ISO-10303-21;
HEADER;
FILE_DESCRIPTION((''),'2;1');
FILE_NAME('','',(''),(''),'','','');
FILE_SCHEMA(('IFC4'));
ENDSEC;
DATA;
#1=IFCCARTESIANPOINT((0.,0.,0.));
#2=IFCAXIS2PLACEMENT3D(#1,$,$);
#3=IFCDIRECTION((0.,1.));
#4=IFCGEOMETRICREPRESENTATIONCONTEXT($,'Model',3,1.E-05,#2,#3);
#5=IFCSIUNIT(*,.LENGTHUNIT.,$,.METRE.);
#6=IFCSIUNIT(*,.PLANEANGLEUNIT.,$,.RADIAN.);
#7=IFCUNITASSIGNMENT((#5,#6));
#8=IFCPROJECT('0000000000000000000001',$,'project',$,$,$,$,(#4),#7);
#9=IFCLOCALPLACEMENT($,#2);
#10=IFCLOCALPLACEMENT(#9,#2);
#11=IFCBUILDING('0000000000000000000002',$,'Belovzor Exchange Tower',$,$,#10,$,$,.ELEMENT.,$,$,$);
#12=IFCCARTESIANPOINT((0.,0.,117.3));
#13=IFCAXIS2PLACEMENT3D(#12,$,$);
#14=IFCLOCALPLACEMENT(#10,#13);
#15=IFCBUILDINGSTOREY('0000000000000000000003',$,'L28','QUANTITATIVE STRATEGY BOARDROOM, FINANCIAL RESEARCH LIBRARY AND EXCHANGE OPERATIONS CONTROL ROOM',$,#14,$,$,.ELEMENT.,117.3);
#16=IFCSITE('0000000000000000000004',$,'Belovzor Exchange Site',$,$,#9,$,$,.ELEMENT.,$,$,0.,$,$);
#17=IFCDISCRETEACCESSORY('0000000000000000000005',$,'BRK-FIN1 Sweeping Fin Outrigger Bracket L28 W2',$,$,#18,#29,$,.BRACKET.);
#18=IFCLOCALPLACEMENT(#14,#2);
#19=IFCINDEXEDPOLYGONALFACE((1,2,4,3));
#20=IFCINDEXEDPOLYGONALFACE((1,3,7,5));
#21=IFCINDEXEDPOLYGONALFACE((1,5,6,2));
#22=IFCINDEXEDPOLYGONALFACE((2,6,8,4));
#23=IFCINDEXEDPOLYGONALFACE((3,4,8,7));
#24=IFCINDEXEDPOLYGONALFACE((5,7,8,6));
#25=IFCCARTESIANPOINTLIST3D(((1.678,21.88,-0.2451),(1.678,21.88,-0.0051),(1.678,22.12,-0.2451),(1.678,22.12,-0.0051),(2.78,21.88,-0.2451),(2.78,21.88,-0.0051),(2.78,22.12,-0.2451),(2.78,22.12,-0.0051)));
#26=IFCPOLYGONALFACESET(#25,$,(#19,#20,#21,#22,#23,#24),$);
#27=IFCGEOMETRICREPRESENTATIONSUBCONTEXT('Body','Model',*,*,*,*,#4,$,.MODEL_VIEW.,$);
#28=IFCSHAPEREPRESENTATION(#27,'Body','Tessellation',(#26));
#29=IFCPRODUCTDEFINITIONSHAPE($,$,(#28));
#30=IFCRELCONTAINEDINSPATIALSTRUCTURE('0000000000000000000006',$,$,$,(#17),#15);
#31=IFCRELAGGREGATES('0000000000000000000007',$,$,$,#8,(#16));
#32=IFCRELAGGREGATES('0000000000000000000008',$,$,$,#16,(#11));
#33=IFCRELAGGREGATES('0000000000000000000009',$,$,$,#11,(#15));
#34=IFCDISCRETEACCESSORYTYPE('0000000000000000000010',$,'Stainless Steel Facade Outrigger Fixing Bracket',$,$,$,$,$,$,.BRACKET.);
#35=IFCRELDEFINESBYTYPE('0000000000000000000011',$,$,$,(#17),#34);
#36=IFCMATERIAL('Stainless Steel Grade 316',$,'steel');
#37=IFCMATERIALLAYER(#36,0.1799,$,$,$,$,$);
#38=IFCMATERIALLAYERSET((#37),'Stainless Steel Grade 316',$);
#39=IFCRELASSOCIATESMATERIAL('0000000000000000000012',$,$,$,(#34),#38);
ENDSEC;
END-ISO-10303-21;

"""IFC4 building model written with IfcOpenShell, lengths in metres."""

from ifc_helpers import new_model, si_unit, direction, frame, origin, origin_2d, place, context, subcontext, project, spatial, rectangle, extrude, material, layer, layer_set, type_object, element, save


model = new_model("IFC4")

# Units and contexts
model_context = context("Model", 3, precision=1e-05, world=origin(), true_north=direction((0.0, 1.0)))
body_context = subcontext(model_context, "Body", "Model", "MODEL_VIEW")
ifc_project = project(units=[si_unit("LENGTHUNIT", "METRE"), si_unit("PLANEANGLEUNIT", "RADIAN")], contexts=[model_context])

# Site, building, storey
site_placement = place(None, origin())
site = spatial("IfcSite", under=ifc_project, at=site_placement, Name="Belovzor Exchange Site", CompositionType="ELEMENT", RefElevation=0.0)
building_placement = place(site_placement, origin())
building = spatial("IfcBuilding", under=site, at=building_placement, Name="Belovzor Exchange Tower", CompositionType="ELEMENT")
storey_placement = place(building_placement, frame((0.0, 0.0, 117.3)))
storey = spatial("IfcBuildingStorey", under=building, at=storey_placement, Name="L28", Description="QUANTITATIVE STRATEGY BOARDROOM, FINANCIAL RESEARCH LIBRARY AND EXCHANGE OPERATIONS CONTROL ROOM", CompositionType="ELEMENT", Elevation=117.3)

# Discrete accessory
ifc_material_1 = material(Name="Stainless Steel Grade 316", Category="steel")
ifc_layer_1 = layer(ifc_material_1, 0.1799)
ifc_layer_set_1 = layer_set([ifc_layer_1], Name="Stainless Steel Grade 316")
discrete_accessory_type = type_object("IfcDiscreteAccessoryType", Name="Stainless Steel Facade Outrigger Fixing Bracket", PredefinedType="BRACKET", material=ifc_layer_set_1)
for number, where, z_axis, x_axis, name in (
    (1, (2.229, 22.0, -0.2451), (0.0, 0.0, 1.0), (1.0, 0.0, 0.0), "BRK-FIN1 Sweeping Fin Outrigger Bracket L28 W2"),
):
    element("IfcDiscreteAccessory", number, at=place(storey_placement, frame(where, z_axis=z_axis, x_axis=x_axis)), inside=storey, type_object=discrete_accessory_type, Name=name, PredefinedType="BRACKET", context=body_context, shape_type="SweptSolid", body=[
        extrude(rectangle(XDim=1.1021, YDim=0.24, at=origin_2d()), origin(), (0.0, 0.0, 1.0), 0.24),
    ])

save(model, "model.ifc")
